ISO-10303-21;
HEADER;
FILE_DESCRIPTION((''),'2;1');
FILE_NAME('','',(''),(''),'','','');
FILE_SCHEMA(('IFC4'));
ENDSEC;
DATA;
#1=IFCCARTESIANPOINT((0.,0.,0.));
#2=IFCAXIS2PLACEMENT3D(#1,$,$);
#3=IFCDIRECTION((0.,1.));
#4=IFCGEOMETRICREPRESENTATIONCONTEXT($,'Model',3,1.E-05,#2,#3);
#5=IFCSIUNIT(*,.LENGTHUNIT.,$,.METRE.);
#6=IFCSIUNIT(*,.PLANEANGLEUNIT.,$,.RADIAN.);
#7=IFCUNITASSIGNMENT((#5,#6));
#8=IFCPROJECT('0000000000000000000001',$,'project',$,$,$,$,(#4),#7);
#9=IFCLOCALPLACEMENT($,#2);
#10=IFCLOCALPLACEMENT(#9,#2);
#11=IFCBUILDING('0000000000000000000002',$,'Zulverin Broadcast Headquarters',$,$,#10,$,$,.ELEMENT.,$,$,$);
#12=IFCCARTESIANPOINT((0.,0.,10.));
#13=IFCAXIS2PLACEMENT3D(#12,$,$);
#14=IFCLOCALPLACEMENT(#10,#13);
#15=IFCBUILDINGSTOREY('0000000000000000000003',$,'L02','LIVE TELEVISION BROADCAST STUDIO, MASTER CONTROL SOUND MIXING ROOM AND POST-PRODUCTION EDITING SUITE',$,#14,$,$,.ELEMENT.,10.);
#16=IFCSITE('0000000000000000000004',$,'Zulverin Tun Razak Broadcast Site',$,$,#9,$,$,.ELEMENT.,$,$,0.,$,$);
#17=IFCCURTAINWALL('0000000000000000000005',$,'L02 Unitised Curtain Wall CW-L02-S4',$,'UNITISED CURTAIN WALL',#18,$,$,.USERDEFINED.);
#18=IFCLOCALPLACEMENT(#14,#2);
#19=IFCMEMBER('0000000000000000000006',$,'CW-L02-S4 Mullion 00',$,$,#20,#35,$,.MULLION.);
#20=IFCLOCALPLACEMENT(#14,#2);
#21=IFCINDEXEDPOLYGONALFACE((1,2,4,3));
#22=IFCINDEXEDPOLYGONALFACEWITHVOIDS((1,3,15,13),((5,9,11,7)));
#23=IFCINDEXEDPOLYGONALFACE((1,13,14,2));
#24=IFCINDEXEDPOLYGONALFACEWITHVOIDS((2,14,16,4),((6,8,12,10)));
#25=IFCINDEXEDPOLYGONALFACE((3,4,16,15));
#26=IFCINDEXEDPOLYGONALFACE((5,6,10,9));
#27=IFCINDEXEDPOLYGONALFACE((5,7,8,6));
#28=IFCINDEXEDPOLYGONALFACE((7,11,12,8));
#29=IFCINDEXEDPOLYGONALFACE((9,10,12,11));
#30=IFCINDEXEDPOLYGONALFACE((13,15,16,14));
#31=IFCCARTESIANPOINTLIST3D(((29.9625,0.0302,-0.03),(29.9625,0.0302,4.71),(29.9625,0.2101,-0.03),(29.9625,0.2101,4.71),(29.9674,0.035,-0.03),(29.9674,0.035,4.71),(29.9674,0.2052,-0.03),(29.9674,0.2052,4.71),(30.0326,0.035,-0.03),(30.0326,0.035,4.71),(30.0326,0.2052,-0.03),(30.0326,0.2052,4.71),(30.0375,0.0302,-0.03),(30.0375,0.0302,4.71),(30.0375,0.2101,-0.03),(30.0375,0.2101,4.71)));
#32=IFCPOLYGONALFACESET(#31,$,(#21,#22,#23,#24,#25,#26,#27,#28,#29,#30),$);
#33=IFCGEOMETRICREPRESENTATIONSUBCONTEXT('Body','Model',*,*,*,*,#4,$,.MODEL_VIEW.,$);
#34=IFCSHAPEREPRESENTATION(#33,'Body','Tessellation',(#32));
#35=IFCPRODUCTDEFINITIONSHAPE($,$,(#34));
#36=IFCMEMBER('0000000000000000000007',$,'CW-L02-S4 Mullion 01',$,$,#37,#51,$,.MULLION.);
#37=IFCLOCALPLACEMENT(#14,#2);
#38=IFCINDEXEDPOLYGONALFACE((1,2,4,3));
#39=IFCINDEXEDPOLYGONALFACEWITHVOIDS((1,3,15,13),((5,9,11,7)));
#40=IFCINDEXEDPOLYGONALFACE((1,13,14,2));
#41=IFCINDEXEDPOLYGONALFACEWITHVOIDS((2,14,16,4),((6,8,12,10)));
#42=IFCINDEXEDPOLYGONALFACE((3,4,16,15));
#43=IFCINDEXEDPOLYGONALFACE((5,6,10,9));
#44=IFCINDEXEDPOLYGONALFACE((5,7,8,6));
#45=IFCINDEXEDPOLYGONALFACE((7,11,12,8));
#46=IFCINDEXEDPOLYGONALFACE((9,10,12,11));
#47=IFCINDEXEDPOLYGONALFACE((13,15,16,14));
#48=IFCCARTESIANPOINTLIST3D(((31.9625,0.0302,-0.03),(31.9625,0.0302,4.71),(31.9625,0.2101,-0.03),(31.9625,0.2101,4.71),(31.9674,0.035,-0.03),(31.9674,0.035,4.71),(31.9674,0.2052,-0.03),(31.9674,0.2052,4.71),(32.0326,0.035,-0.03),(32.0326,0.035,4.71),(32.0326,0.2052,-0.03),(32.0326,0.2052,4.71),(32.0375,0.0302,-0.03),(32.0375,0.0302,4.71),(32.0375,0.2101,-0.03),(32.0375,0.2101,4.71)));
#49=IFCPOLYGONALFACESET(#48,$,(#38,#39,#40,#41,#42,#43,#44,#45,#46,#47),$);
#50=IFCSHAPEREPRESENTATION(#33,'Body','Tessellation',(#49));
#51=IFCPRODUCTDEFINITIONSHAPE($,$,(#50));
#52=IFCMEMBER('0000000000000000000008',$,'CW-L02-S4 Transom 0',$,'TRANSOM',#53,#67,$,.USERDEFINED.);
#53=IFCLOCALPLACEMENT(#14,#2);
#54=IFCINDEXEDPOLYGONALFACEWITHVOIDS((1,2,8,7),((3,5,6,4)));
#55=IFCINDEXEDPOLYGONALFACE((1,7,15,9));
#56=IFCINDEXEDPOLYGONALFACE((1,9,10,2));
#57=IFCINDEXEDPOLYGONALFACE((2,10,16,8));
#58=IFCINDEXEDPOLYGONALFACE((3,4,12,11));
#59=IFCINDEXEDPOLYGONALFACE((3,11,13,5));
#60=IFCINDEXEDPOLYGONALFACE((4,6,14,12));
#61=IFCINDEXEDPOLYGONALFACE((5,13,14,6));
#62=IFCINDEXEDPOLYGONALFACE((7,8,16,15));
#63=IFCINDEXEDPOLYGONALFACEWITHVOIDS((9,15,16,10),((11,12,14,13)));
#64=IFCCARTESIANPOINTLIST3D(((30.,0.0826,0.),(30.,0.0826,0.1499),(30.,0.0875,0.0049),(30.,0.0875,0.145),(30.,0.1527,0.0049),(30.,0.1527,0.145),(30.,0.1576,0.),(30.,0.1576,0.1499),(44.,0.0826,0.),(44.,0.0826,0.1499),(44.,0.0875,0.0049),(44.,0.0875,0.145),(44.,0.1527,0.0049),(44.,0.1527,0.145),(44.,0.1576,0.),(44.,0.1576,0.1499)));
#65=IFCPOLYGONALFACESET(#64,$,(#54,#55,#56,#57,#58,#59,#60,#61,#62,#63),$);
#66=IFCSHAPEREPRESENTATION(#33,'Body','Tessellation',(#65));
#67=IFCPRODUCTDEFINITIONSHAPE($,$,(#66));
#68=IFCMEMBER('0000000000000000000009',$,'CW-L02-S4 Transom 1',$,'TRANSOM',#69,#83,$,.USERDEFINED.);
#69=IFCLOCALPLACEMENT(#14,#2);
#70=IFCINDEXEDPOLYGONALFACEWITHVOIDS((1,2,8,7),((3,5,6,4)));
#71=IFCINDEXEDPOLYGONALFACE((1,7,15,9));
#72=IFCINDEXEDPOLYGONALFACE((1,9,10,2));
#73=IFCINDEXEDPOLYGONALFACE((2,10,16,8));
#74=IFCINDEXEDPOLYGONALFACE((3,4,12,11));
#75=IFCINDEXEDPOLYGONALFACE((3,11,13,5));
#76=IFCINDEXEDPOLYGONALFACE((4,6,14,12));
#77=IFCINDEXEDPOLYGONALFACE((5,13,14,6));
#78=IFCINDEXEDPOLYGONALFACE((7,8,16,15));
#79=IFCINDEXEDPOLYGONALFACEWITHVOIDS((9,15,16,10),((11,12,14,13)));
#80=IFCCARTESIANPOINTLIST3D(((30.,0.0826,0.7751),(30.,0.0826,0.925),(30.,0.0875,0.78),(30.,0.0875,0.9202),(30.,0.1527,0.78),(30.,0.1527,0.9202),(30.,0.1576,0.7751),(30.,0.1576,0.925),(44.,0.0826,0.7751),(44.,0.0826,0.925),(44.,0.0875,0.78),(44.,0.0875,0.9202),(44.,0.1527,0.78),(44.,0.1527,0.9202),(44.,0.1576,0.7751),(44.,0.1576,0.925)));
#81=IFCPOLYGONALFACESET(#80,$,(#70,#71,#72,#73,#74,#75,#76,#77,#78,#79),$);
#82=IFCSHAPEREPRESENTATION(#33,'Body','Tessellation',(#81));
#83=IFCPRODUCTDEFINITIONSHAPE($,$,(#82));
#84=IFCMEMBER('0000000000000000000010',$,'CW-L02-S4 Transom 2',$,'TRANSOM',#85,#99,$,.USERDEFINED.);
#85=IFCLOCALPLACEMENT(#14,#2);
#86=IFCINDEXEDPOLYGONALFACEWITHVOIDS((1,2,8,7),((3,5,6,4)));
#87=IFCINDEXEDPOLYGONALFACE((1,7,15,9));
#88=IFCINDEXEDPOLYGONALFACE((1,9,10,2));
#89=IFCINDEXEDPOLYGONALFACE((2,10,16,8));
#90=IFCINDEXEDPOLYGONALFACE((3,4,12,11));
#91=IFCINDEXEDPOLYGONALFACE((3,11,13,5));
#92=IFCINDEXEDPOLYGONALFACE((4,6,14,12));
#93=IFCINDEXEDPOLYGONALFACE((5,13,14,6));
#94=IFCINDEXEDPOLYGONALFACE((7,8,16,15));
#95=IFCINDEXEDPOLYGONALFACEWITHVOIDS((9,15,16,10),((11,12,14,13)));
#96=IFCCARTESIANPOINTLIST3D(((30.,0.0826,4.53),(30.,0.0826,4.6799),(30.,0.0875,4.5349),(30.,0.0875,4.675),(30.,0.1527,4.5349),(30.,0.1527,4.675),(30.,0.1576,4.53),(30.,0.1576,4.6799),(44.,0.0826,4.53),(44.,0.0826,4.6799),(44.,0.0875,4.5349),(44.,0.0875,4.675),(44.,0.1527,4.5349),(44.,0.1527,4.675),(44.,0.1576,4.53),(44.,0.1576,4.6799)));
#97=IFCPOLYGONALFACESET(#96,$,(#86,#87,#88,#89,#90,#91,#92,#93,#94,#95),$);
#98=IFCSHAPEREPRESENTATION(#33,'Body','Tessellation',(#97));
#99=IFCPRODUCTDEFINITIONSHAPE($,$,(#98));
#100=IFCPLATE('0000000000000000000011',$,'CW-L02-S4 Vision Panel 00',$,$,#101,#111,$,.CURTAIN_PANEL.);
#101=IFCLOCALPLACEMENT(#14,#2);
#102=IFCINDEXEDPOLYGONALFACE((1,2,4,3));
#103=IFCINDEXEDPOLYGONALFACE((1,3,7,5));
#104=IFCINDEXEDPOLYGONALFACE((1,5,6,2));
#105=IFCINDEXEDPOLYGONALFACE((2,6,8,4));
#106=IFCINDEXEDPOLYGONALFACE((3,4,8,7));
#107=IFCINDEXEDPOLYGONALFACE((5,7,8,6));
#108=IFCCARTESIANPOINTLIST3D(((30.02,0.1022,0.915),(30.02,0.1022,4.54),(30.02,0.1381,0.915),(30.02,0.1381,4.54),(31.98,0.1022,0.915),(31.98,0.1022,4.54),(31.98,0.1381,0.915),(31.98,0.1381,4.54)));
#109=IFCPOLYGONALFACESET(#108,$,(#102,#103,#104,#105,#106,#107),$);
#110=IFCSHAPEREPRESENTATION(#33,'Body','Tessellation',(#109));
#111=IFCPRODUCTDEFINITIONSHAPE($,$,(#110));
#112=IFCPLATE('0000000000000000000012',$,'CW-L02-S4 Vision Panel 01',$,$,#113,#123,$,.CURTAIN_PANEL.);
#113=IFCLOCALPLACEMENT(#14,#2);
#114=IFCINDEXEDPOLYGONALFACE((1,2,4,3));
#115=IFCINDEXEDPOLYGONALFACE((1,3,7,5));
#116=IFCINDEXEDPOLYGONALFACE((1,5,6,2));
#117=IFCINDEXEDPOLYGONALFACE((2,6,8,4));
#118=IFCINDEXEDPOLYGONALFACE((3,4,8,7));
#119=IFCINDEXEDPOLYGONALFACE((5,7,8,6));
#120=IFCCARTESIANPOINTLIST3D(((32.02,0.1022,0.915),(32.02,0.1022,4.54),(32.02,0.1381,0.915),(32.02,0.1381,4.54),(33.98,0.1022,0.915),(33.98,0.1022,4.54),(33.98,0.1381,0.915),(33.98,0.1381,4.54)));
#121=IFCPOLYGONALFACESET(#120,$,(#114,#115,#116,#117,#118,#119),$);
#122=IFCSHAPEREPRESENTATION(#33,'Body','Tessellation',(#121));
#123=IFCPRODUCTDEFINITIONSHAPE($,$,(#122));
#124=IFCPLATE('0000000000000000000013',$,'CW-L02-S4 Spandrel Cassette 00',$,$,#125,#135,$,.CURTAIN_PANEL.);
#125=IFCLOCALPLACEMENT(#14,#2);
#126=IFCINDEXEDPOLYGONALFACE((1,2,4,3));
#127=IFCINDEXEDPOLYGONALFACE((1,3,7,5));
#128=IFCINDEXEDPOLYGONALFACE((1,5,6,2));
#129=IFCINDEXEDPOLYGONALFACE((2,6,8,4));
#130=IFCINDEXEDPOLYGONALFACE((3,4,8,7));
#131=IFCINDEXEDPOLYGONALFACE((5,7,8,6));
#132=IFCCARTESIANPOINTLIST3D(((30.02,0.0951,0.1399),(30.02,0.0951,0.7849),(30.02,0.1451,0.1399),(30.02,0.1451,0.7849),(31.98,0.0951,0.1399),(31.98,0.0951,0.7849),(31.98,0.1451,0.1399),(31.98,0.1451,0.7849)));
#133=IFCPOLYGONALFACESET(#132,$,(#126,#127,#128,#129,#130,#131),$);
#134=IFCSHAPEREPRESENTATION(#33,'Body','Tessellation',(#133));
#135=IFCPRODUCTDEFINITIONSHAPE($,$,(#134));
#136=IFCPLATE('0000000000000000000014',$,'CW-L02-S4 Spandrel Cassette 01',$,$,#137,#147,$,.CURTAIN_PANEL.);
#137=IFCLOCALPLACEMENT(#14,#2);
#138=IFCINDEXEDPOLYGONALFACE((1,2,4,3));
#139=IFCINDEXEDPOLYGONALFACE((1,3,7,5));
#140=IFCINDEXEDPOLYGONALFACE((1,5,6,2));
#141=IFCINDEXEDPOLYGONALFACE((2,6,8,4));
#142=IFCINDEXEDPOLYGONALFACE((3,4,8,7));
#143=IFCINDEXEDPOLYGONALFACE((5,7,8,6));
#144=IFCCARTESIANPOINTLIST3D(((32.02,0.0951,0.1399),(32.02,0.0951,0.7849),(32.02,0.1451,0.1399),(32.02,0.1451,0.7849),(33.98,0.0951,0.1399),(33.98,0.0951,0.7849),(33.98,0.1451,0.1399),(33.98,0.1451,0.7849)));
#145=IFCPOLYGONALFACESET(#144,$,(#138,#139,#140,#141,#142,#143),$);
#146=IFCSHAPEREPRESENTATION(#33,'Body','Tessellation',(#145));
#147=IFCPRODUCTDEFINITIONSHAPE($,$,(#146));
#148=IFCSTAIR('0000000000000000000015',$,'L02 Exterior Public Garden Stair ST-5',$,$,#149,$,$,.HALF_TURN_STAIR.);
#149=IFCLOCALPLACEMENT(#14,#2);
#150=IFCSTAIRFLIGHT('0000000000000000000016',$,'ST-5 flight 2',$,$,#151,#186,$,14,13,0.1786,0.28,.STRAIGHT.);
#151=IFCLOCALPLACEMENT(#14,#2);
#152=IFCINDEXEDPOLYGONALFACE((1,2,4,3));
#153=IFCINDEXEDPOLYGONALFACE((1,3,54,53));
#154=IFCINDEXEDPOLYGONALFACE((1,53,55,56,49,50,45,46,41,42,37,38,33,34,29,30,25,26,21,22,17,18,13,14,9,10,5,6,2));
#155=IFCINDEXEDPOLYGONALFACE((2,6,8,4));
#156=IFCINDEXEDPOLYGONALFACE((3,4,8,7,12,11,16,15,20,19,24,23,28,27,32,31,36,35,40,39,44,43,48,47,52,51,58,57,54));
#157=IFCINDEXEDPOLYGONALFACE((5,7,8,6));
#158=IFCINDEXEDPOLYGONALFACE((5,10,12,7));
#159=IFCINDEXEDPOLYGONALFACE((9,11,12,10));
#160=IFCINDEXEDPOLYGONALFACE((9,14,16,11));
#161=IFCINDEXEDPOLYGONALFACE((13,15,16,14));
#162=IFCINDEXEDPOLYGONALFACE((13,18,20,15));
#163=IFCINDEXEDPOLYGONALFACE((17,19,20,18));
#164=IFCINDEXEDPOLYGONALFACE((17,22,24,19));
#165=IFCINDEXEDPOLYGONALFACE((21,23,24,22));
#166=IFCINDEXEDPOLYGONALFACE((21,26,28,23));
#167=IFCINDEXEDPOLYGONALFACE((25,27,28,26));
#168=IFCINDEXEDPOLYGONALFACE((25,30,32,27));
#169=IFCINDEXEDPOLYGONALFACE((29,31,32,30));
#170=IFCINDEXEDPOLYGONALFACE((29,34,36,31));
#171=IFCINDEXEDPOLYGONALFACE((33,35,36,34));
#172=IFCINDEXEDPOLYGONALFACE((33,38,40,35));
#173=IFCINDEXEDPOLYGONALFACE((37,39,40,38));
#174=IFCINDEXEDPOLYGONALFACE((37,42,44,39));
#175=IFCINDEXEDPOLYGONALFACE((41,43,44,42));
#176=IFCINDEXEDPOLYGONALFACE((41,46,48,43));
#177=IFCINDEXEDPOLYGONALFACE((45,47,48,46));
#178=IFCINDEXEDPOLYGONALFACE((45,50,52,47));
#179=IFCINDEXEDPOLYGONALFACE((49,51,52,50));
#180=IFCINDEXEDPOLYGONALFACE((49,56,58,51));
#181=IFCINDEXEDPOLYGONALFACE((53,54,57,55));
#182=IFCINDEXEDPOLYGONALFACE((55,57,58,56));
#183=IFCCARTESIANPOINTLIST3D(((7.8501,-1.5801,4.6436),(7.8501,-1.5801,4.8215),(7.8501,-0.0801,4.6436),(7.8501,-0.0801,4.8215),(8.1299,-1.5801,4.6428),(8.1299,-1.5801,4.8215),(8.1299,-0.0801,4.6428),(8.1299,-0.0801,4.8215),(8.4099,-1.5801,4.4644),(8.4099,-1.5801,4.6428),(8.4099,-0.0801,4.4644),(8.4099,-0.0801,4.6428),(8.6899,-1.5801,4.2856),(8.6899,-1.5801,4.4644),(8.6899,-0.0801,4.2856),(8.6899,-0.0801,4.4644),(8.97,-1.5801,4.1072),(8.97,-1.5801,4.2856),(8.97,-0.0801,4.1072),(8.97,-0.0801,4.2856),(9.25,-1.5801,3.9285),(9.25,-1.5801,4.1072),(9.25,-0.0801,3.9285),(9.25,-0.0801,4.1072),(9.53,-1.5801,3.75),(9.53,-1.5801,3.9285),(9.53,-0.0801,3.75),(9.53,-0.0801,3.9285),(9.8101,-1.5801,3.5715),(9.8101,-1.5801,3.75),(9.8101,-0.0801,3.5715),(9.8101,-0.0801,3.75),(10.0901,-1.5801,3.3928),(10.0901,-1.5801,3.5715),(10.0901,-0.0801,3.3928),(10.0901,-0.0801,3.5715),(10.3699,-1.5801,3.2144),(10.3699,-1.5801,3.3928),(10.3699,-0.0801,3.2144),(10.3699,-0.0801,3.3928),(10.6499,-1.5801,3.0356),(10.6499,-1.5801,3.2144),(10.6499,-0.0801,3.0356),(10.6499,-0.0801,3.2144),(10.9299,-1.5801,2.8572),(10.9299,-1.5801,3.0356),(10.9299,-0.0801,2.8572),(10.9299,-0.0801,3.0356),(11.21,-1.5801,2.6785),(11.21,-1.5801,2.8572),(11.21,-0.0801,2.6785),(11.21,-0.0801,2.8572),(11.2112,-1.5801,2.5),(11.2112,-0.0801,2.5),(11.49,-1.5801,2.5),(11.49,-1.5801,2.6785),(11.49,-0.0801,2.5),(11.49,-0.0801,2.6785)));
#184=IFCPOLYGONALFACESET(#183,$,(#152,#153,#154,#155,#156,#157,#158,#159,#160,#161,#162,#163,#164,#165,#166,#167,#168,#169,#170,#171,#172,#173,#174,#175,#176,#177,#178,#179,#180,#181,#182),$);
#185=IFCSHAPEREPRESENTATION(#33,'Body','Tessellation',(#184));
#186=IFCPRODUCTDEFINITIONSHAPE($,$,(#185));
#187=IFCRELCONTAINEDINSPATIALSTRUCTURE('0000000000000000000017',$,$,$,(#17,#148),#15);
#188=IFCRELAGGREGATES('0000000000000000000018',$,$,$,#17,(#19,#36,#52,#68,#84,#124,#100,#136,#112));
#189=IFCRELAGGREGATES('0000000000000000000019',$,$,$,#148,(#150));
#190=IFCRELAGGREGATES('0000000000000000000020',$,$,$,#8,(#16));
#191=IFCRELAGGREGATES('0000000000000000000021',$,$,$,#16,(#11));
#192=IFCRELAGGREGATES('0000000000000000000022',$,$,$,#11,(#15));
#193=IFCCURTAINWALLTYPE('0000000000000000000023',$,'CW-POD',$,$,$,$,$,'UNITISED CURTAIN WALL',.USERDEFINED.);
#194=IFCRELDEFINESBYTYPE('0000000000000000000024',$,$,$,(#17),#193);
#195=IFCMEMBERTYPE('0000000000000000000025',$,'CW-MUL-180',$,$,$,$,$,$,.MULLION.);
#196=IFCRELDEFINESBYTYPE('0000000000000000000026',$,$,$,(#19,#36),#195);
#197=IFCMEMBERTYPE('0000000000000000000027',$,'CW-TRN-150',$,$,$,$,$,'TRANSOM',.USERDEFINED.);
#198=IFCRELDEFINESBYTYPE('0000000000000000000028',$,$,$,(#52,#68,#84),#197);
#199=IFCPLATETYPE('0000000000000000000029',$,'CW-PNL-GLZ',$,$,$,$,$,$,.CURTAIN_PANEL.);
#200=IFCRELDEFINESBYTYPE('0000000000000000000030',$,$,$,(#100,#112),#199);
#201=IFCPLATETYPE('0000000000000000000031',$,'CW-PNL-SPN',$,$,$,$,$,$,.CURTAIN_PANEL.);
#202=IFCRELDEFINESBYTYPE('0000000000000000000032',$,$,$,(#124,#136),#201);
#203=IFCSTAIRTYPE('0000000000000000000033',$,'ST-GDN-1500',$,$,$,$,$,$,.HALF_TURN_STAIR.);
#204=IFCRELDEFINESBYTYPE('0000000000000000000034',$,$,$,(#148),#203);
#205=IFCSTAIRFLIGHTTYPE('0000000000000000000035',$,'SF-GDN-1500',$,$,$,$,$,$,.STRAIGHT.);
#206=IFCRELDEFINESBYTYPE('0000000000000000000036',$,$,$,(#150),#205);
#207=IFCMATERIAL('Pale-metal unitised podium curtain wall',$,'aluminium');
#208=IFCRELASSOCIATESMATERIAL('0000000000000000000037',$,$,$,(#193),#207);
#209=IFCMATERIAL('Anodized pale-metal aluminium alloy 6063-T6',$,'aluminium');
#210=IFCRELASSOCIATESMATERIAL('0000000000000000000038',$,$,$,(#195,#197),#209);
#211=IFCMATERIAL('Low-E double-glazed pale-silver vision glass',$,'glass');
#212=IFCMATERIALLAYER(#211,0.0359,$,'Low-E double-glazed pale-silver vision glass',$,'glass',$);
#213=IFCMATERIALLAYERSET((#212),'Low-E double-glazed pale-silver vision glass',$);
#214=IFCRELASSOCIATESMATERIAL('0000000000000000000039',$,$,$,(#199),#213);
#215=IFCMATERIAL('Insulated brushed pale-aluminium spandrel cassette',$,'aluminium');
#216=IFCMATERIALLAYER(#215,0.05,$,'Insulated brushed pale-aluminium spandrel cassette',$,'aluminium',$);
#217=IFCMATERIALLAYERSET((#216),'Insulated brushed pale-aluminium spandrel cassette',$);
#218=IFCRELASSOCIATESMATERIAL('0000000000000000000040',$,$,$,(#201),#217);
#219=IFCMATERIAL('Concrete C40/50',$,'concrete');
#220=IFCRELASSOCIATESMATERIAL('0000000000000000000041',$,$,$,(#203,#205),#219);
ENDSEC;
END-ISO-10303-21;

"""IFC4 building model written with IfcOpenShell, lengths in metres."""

from ifc_helpers import new_model, si_unit, direction, frame, origin, origin_2d, place, context, subcontext, project, spatial, polyline, rectangle, hollow_rectangle, outline, extrude, material, layer, layer_set, material_profile, profile_set, type_object, element, aggregate, save


model = new_model("IFC4")

# Units and contexts
model_context = context("Model", 3, precision=1e-05, world=origin(), true_north=direction((0.0, 1.0)))
body_context = subcontext(model_context, "Body", "Model", "MODEL_VIEW")
ifc_project = project(units=[si_unit("LENGTHUNIT", "METRE"), si_unit("PLANEANGLEUNIT", "RADIAN")], contexts=[model_context])

# Site, building, storey
site_placement = place(None, origin())
site = spatial("IfcSite", under=ifc_project, at=site_placement, Name="Zulverin Tun Razak Broadcast Site", CompositionType="ELEMENT", RefElevation=0.0)
building_placement = place(site_placement, origin())
building = spatial("IfcBuilding", under=site, at=building_placement, Name="Zulverin Broadcast Headquarters", CompositionType="ELEMENT")
storey_placement = place(building_placement, frame((0.0, 0.0, 10.0)))
storey = spatial("IfcBuildingStorey", under=building, at=storey_placement, Name="L02", Description="LIVE TELEVISION BROADCAST STUDIO, MASTER CONTROL SOUND MIXING ROOM AND POST-PRODUCTION EDITING SUITE", CompositionType="ELEMENT", Elevation=10.0)

# Curtain wall, members, plates
ifc_material_1 = material(Name="Pale-metal unitised podium curtain wall", Category="aluminium")
curtain_wall_type = type_object("IfcCurtainWallType", Name="CW-POD", ElementType="UNITISED CURTAIN WALL", PredefinedType="USERDEFINED", material=ifc_material_1)
curtain_wall_placement = place(storey_placement, origin())
curtain_wall = element("IfcCurtainWall", 1, at=curtain_wall_placement, inside=storey, type_object=curtain_wall_type, Name="L02 Unitised Curtain Wall CW-L02-S4", ObjectType="UNITISED CURTAIN WALL", PredefinedType="USERDEFINED")
ifc_material_2 = material(Name="Anodized pale-metal aluminium alloy 6063-T6", Category="aluminium")
ifc_material_profile_1 = material_profile(ifc_material_2, hollow_rectangle(XDim=0.075, YDim=0.1799, WallThickness=0.0049, at=origin_2d()), Name="Anodized pale-metal aluminium alloy 6063-T6", Category="aluminium")
ifc_profile_set_1 = profile_set([ifc_material_profile_1], Name="Anodized pale-metal aluminium alloy 6063-T6")
member_type_1 = type_object("IfcMemberType", Name="CW-MUL-180", PredefinedType="MULLION", material=ifc_profile_set_1)
member_1_placement = place(storey_placement, frame((30.0, 0.1201, -0.03), z_axis=(0.0, 0.0, 1.0), x_axis=(1.0, 0.0, 0.0)))
member_1 = element("IfcMember", 2, at=member_1_placement, type_object=member_type_1, Name="CW-L02-S4 Mullion 00", PredefinedType="MULLION", context=body_context, shape_type="SweptSolid", body=[
    extrude(hollow_rectangle(XDim=0.075, YDim=0.1799, WallThickness=0.0049, at=origin_2d()), origin(), (0.0, 0.0, 1.0), 4.74),
])
member_2_placement = place(storey_placement, frame((32.0, 0.1201, -0.03), z_axis=(0.0, 0.0, 1.0), x_axis=(1.0, 0.0, 0.0)))
member_2 = element("IfcMember", 3, at=member_2_placement, type_object=member_type_1, Name="CW-L02-S4 Mullion 01", PredefinedType="MULLION", context=body_context, shape_type="SweptSolid", body=[
    extrude(hollow_rectangle(XDim=0.075, YDim=0.1799, WallThickness=0.0049, at=origin_2d()), origin(), (0.0, 0.0, 1.0), 4.74),
])
ifc_material_profile_2 = material_profile(ifc_material_2, hollow_rectangle(XDim=0.075, YDim=0.1499, WallThickness=0.0049, at=origin_2d()), Name="Anodized pale-metal aluminium alloy 6063-T6", Category="aluminium")
ifc_profile_set_2 = profile_set([ifc_material_profile_2], Name="Anodized pale-metal aluminium alloy 6063-T6")
member_type_2 = type_object("IfcMemberType", Name="CW-TRN-150", ElementType="TRANSOM", PredefinedType="USERDEFINED", material=ifc_profile_set_2)
member_3_placement = place(storey_placement, frame((30.0, 0.1201, 0.075), z_axis=(1.0, 0.0, 0.0), x_axis=(0.0, 1.0, 0.0)))
member_3 = element("IfcMember", 4, at=member_3_placement, type_object=member_type_2, Name="CW-L02-S4 Transom 0", ObjectType="TRANSOM", PredefinedType="USERDEFINED", context=body_context, shape_type="SweptSolid", body=[
    extrude(hollow_rectangle(XDim=0.075, YDim=0.1499, WallThickness=0.0049, at=origin_2d()), origin(), (0.0, 0.0, 1.0), 14.0),
])
member_4_placement = place(storey_placement, frame((30.0, 0.1201, 0.8501), z_axis=(1.0, 0.0, 0.0), x_axis=(0.0, 1.0, 0.0)))
member_4 = element("IfcMember", 5, at=member_4_placement, type_object=member_type_2, Name="CW-L02-S4 Transom 1", ObjectType="TRANSOM", PredefinedType="USERDEFINED", context=body_context, shape_type="SweptSolid", body=[
    extrude(hollow_rectangle(XDim=0.075, YDim=0.1499, WallThickness=0.0049, at=origin_2d()), origin(), (0.0, 0.0, 1.0), 14.0),
])
member_5_placement = place(storey_placement, frame((30.0, 0.1201, 4.605), z_axis=(1.0, 0.0, 0.0), x_axis=(0.0, 1.0, 0.0)))
member_5 = element("IfcMember", 6, at=member_5_placement, type_object=member_type_2, Name="CW-L02-S4 Transom 2", ObjectType="TRANSOM", PredefinedType="USERDEFINED", context=body_context, shape_type="SweptSolid", body=[
    extrude(hollow_rectangle(XDim=0.075, YDim=0.1499, WallThickness=0.0049, at=origin_2d()), origin(), (0.0, 0.0, 1.0), 14.0),
])
ifc_material_3 = material(Name="Low-E double-glazed pale-silver vision glass", Category="glass")
ifc_layer_1 = layer(ifc_material_3, 0.0359, Name="Low-E double-glazed pale-silver vision glass", Category="glass")
ifc_layer_set_1 = layer_set([ifc_layer_1], Name="Low-E double-glazed pale-silver vision glass")
plate_type_1 = type_object("IfcPlateType", Name="CW-PNL-GLZ", PredefinedType="CURTAIN_PANEL", material=ifc_layer_set_1)
plate_1_placement = place(storey_placement, frame((31.0, 0.1201, 0.915), z_axis=(0.0, 0.0, 1.0), x_axis=(1.0, 0.0, 0.0)))
plate_1 = element("IfcPlate", 7, at=plate_1_placement, type_object=plate_type_1, Name="CW-L02-S4 Vision Panel 00", PredefinedType="CURTAIN_PANEL", context=body_context, shape_type="SweptSolid", body=[
    extrude(rectangle(XDim=1.96, YDim=0.0359, at=origin_2d()), origin(), (0.0, 0.0, 1.0), 3.625),
])
plate_2_placement = place(storey_placement, frame((33.0, 0.1201, 0.915), z_axis=(0.0, 0.0, 1.0), x_axis=(1.0, 0.0, 0.0)))
plate_2 = element("IfcPlate", 8, at=plate_2_placement, type_object=plate_type_1, Name="CW-L02-S4 Vision Panel 01", PredefinedType="CURTAIN_PANEL", context=body_context, shape_type="SweptSolid", body=[
    extrude(rectangle(XDim=1.96, YDim=0.0359, at=origin_2d()), origin(), (0.0, 0.0, 1.0), 3.625),
])
ifc_material_4 = material(Name="Insulated brushed pale-aluminium spandrel cassette", Category="aluminium")
ifc_layer_2 = layer(ifc_material_4, 0.05, Name="Insulated brushed pale-aluminium spandrel cassette", Category="aluminium")
ifc_layer_set_2 = layer_set([ifc_layer_2], Name="Insulated brushed pale-aluminium spandrel cassette")
plate_type_2 = type_object("IfcPlateType", Name="CW-PNL-SPN", PredefinedType="CURTAIN_PANEL", material=ifc_layer_set_2)
plate_3_placement = place(storey_placement, frame((31.0, 0.1201, 0.1399), z_axis=(0.0, 0.0, 1.0), x_axis=(1.0, 0.0, 0.0)))
plate_3 = element("IfcPlate", 9, at=plate_3_placement, type_object=plate_type_2, Name="CW-L02-S4 Spandrel Cassette 00", PredefinedType="CURTAIN_PANEL", context=body_context, shape_type="SweptSolid", body=[
    extrude(rectangle(XDim=1.96, YDim=0.05, at=origin_2d()), origin(), (0.0, 0.0, 1.0), 0.645),
])
plate_4_placement = place(storey_placement, frame((33.0, 0.1201, 0.1399), z_axis=(0.0, 0.0, 1.0), x_axis=(1.0, 0.0, 0.0)))
plate_4 = element("IfcPlate", 10, at=plate_4_placement, type_object=plate_type_2, Name="CW-L02-S4 Spandrel Cassette 01", PredefinedType="CURTAIN_PANEL", context=body_context, shape_type="SweptSolid", body=[
    extrude(rectangle(XDim=1.96, YDim=0.05, at=origin_2d()), origin(), (0.0, 0.0, 1.0), 0.645),
])
aggregate(curtain_wall, [member_1, member_2, member_3, member_4, member_5, plate_3, plate_1, plate_4, plate_2])

# Stair, stair flight
ifc_material_5 = material(Name="Concrete C40/50", Category="concrete")
stair_type = type_object("IfcStairType", Name="ST-GDN-1500", PredefinedType="HALF_TURN_STAIR", material=ifc_material_5)
stair_placement = place(storey_placement, origin())
stair = element("IfcStair", 11, at=stair_placement, inside=storey, type_object=stair_type, Name="L02 Exterior Public Garden Stair ST-5", PredefinedType="HALF_TURN_STAIR")
stair_flight_type = type_object("IfcStairFlightType", Name="SF-GDN-1500", PredefinedType="STRAIGHT", material=ifc_material_5)
stair_flight_placement = place(storey_placement, frame((11.49, -0.8301, 2.5), z_axis=(0.0, 0.0, 1.0), x_axis=(-1.0, 0.0, 0.0)))
stair_flight = element("IfcStairFlight", 12, at=stair_flight_placement, type_object=stair_flight_type, Name="ST-5 flight 2", NumberOfRisers=14, NumberOfTreads=13, PredefinedType="STRAIGHT", RiserHeight=0.1786, TreadLength=0.28, context=body_context, shape_type="SweptSolid", body=[
    extrude(outline(polyline([(0.0, 0.0), (0.0, 0.1785), (0.28, 0.1785), (0.28, 0.3572), (0.5601, 0.3572), (0.5601, 0.5356), (0.8401, 0.5356), (0.8401, 0.7144), (1.1201, 0.7144), (1.1201, 0.8928), (1.3999, 0.8928), (1.3999, 1.0715), (1.6799, 1.0715), (1.6799, 1.25), (1.96, 1.25), (1.96, 1.4285), (2.24, 1.4285), (2.24, 1.6072), (2.52, 1.6072), (2.52, 1.7856), (2.8, 1.7856), (2.8, 1.9644), (3.0801, 1.9644), (3.0801, 2.1428), (3.3601, 2.1428), (3.3601, 2.3215), (3.6399, 2.3215), (3.6399, 2.5), (3.6399, 2.1436), (0.2788, 0.0), (0.0, 0.0)])), frame((0.0, 0.75, 0.0), z_axis=(0.0, -1.0, 0.0), x_axis=(1.0, 0.0, 0.0)), (0.0, 0.0, 1.0), 1.5),
])
aggregate(stair, [stair_flight])

save(model, "model.ifc")
